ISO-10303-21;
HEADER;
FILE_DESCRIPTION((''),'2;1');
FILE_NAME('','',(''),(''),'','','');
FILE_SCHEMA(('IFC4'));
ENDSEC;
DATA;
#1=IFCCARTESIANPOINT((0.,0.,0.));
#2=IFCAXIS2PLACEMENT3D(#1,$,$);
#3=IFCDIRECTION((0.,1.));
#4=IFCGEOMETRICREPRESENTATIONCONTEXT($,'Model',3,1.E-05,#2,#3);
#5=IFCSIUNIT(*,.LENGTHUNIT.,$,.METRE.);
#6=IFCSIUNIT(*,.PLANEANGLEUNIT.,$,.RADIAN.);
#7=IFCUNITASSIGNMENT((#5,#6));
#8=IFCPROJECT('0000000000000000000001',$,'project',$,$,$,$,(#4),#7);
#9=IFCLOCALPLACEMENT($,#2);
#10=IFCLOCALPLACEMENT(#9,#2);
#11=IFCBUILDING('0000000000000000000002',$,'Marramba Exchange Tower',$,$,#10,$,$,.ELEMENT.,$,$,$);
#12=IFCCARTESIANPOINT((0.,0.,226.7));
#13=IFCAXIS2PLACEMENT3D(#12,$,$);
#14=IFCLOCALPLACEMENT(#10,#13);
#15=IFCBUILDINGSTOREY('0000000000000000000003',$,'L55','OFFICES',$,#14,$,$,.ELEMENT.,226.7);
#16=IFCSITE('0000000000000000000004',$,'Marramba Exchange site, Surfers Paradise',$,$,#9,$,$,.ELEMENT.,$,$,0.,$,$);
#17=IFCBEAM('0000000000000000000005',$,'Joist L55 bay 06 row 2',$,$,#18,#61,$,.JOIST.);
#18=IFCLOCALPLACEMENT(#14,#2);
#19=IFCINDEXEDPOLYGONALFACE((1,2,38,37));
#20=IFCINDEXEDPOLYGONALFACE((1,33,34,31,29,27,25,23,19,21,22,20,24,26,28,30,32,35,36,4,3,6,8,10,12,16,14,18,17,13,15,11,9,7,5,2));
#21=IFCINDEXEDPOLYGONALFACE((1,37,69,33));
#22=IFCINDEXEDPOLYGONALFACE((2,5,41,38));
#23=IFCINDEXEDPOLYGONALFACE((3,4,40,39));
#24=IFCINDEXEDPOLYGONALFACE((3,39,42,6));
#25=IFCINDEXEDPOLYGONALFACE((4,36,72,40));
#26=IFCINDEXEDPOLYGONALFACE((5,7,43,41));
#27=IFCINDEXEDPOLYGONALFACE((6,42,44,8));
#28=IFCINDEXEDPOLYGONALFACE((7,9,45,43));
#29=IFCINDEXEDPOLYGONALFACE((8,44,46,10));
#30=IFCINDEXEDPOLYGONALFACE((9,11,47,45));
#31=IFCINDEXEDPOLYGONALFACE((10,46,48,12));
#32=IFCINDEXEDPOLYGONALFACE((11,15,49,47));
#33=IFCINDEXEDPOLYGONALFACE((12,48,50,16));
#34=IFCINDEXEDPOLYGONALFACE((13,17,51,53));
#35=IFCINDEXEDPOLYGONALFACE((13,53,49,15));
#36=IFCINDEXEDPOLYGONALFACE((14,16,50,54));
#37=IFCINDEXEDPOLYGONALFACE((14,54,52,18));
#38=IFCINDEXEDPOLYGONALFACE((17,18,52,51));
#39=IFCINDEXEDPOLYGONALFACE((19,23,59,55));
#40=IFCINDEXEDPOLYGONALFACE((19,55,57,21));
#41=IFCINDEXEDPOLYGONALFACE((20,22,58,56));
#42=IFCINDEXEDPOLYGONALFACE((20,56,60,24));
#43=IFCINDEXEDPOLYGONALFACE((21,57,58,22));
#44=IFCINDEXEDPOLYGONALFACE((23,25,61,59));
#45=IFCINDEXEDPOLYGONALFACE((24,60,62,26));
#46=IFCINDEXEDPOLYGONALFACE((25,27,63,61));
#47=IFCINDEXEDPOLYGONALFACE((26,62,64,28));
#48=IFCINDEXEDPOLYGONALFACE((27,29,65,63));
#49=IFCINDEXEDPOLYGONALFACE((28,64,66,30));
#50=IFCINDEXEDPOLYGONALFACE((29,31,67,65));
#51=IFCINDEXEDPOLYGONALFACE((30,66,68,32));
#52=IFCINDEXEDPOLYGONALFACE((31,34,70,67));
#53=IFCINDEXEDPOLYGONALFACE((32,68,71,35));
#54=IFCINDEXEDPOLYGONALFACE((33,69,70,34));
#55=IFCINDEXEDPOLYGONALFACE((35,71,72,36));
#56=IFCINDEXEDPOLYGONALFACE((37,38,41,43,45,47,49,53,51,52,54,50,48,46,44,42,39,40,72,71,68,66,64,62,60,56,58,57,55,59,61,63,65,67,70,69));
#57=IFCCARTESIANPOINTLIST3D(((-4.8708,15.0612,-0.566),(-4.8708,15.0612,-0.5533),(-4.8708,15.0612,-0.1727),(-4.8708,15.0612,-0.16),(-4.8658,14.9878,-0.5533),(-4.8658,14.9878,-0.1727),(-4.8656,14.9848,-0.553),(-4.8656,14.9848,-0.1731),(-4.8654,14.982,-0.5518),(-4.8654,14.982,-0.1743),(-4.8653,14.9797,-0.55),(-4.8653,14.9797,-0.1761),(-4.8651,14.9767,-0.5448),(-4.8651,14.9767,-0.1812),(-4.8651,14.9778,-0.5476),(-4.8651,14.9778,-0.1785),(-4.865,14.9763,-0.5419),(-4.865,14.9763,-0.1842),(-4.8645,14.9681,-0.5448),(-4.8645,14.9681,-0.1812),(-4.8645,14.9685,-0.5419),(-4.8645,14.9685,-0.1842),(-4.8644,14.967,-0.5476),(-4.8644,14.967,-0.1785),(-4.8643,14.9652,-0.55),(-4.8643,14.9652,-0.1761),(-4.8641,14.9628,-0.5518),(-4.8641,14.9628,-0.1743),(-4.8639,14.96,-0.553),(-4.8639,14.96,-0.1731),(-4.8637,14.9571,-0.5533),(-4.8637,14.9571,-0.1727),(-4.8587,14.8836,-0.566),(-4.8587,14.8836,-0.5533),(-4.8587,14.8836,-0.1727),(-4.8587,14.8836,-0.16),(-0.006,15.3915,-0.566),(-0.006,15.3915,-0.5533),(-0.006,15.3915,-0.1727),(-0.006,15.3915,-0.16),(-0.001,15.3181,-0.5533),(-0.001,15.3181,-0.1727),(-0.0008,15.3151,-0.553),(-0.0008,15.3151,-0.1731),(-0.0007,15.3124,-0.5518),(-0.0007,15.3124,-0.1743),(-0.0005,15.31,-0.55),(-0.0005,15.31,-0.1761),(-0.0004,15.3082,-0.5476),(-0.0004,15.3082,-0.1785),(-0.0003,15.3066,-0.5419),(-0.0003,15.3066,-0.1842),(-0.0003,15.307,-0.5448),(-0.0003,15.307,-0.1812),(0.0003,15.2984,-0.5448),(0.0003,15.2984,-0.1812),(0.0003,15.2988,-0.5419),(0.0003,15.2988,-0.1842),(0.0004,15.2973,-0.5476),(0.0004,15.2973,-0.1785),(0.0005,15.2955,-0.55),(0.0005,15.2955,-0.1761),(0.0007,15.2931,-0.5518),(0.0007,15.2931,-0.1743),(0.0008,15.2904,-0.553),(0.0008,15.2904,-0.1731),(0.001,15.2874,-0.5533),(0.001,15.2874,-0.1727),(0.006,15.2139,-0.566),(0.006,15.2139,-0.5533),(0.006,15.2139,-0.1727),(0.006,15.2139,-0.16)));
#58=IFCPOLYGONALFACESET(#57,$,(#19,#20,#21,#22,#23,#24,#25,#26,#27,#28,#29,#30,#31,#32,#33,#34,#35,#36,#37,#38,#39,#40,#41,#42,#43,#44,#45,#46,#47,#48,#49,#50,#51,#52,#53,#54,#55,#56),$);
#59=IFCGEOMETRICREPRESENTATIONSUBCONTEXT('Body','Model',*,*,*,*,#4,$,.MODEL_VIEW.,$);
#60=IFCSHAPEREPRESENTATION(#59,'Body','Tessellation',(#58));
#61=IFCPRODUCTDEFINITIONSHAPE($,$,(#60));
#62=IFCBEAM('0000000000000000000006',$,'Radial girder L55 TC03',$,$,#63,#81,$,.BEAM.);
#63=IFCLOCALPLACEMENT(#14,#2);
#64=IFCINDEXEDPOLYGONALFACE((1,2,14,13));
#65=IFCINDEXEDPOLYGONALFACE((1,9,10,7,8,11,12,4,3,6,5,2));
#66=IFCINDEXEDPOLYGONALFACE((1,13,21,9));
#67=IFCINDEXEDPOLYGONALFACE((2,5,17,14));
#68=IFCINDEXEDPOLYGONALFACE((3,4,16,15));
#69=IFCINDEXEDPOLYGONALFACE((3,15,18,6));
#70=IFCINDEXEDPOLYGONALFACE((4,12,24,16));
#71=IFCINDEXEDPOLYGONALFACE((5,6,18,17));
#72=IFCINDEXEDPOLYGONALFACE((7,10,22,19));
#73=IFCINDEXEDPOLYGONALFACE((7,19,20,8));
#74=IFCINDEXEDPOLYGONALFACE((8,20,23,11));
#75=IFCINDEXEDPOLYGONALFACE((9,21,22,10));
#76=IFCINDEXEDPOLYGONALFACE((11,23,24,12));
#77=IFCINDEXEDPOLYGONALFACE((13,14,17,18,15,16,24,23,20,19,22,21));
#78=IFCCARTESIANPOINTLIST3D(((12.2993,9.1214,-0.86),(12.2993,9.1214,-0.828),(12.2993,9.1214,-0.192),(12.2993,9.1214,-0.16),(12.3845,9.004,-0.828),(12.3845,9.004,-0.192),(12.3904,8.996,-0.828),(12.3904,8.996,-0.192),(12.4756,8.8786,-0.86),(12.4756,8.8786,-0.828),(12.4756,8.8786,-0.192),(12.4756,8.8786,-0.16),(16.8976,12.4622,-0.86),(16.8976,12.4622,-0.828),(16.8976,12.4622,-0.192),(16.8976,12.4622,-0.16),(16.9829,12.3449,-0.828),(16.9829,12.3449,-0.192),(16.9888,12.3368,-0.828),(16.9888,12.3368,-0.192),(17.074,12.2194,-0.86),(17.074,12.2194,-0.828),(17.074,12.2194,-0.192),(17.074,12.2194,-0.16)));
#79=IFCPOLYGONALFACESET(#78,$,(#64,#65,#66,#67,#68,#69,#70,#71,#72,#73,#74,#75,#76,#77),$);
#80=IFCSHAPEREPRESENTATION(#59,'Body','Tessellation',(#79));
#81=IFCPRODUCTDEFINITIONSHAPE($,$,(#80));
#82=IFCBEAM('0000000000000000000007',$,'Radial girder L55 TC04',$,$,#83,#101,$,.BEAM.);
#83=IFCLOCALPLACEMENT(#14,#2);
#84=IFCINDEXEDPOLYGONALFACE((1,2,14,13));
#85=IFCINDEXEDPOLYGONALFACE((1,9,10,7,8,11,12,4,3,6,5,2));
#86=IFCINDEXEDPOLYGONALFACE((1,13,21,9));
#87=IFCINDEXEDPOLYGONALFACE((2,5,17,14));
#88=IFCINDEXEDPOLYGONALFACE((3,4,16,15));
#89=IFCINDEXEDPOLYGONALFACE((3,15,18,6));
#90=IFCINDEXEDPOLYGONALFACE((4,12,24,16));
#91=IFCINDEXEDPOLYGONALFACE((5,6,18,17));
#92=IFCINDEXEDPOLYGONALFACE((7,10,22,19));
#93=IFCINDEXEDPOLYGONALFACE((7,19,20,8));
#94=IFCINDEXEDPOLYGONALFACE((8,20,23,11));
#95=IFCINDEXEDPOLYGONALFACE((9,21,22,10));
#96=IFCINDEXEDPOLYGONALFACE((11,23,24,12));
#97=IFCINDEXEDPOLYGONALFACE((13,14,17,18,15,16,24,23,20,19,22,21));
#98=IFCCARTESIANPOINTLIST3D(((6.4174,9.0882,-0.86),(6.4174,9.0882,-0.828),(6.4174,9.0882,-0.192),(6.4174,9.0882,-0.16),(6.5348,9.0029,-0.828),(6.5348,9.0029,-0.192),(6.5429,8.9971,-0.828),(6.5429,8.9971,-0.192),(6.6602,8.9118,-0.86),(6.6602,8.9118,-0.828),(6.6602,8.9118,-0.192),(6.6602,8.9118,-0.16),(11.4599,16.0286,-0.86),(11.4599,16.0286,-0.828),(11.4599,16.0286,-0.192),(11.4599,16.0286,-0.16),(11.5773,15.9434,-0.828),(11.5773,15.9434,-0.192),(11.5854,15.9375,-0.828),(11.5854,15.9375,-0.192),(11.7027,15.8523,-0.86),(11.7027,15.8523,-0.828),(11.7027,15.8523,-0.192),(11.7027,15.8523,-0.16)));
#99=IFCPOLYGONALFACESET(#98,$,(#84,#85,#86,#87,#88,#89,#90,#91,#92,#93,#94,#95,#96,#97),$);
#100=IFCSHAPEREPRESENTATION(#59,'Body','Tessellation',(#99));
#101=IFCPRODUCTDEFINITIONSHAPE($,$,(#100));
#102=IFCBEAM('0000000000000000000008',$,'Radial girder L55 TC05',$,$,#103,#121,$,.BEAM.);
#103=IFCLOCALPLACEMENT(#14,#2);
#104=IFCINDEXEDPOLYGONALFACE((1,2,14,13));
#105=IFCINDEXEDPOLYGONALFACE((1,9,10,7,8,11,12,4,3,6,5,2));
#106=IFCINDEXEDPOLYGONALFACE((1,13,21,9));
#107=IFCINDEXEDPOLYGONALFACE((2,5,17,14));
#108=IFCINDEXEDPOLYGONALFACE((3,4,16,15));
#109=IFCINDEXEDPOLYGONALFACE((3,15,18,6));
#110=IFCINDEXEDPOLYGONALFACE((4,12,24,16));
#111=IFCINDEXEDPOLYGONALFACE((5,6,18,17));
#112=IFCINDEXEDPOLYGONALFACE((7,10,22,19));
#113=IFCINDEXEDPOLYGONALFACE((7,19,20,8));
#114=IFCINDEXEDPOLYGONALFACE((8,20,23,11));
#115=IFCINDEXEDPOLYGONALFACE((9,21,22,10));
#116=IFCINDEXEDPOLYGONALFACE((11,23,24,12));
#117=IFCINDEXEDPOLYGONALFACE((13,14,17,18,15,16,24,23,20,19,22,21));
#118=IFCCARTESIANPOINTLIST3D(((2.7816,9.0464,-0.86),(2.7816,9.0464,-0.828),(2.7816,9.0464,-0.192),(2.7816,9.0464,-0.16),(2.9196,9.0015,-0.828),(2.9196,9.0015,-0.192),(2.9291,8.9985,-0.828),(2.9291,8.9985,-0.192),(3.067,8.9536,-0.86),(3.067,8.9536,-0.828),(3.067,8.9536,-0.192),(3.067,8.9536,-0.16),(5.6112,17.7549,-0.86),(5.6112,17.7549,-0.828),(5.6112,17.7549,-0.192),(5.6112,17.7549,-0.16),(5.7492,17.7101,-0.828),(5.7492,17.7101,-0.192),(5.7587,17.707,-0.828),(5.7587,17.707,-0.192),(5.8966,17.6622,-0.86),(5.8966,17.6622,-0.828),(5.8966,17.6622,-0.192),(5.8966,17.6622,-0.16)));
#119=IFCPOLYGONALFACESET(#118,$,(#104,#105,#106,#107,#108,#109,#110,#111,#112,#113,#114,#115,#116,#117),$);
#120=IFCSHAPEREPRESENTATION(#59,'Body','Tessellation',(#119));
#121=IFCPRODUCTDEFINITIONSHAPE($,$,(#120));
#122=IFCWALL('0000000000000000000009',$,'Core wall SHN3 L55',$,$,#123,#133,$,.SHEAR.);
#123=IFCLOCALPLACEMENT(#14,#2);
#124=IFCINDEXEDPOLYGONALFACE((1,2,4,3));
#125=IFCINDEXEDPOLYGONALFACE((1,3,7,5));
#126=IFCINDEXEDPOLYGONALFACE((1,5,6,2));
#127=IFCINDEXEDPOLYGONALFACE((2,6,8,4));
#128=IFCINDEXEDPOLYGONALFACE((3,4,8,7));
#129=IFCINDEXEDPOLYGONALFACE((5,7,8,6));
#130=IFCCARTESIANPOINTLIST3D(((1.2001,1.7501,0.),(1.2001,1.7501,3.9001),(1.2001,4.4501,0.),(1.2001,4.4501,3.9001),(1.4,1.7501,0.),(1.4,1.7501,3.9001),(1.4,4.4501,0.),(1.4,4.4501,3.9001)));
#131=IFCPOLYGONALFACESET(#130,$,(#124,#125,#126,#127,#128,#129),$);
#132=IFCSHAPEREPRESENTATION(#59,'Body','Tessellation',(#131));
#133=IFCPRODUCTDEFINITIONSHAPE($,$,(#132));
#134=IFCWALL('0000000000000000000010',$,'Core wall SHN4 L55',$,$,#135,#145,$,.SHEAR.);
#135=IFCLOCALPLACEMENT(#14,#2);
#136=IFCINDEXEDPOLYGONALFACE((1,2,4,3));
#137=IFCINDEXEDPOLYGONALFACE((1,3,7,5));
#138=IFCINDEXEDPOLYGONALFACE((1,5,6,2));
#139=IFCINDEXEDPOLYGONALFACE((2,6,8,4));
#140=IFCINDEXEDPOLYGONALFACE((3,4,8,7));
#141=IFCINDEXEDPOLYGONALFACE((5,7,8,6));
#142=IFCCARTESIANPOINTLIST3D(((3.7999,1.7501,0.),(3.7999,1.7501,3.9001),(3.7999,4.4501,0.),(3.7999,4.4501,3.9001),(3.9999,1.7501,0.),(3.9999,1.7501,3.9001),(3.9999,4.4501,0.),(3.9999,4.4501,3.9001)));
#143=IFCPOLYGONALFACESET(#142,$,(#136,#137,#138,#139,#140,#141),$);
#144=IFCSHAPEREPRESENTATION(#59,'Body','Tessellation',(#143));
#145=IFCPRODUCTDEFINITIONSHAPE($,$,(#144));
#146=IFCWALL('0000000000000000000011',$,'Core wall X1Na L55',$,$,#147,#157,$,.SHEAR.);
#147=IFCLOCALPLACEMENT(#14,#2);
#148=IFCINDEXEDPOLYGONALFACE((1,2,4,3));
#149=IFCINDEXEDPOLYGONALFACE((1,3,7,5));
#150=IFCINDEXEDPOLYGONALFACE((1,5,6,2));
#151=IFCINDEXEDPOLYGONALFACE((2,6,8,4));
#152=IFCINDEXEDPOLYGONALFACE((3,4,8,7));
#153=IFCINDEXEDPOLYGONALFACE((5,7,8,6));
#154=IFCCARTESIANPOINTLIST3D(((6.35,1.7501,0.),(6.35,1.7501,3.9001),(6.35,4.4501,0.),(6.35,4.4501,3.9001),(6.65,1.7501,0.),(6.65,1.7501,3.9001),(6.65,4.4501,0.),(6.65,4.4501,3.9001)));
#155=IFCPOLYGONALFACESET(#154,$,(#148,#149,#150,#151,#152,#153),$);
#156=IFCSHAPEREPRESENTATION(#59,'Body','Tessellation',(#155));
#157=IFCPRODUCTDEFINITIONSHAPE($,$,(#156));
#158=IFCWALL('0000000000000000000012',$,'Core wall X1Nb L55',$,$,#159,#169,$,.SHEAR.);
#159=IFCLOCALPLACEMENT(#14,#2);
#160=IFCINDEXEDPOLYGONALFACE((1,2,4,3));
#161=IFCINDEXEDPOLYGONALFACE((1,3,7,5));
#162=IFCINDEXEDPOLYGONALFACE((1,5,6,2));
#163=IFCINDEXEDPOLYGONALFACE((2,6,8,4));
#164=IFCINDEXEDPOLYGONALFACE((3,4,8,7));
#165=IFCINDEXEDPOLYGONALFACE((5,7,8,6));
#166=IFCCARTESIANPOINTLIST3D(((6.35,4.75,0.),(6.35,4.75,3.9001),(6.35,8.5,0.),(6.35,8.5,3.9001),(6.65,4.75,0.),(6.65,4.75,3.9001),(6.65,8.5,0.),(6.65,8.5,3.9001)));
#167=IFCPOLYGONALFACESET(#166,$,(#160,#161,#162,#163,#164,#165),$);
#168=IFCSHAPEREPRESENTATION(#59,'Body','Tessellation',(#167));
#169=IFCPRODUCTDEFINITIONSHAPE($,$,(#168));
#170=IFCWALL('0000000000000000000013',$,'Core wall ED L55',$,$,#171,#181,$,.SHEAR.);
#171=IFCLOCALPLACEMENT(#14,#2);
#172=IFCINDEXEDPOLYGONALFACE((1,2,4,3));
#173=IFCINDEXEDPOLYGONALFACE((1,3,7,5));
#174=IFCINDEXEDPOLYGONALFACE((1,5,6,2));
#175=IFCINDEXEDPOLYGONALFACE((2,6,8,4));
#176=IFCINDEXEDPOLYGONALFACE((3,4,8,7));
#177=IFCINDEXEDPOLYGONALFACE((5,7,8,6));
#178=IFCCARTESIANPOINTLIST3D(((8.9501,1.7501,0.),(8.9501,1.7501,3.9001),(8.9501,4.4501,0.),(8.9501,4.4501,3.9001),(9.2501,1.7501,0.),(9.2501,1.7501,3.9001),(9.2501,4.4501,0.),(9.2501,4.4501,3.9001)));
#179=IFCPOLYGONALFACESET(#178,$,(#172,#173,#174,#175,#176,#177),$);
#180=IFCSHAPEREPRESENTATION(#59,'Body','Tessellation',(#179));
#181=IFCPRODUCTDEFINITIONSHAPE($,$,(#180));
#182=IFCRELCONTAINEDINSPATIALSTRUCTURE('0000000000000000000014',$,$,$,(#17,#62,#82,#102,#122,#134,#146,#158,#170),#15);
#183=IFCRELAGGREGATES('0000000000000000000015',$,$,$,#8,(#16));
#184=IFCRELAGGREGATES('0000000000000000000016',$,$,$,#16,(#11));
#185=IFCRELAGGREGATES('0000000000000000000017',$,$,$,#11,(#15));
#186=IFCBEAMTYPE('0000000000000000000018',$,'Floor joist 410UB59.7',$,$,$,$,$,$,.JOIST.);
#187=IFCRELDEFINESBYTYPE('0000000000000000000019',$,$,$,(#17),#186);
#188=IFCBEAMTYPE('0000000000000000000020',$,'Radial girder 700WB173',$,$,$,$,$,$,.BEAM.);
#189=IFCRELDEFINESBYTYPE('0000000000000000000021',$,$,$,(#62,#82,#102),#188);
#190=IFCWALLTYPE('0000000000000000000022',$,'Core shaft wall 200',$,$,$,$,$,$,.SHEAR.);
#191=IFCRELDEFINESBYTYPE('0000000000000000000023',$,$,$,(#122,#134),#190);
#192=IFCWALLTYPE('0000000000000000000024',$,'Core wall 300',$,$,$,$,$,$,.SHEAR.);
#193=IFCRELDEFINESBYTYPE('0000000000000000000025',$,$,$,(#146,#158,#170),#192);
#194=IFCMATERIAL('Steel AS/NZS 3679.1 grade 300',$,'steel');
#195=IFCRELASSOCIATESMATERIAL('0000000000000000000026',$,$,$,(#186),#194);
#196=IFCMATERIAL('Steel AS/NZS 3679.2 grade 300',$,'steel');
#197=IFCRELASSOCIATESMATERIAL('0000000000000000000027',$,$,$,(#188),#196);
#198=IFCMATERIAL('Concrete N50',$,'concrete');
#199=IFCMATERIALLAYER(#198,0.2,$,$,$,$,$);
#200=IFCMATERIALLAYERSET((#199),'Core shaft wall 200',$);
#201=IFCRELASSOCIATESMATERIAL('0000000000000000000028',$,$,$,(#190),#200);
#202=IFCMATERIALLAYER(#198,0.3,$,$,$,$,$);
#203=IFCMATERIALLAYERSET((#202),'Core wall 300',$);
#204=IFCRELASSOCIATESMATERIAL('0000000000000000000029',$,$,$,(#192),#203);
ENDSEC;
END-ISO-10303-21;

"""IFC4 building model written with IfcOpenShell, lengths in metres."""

from ifc_helpers import new_model, si_unit, direction, frame, frame_2d, origin, origin_2d, place, context, subcontext, project, spatial, rectangle, i_section, extrude, material, layer, layer_set, material_profile, profile_set, type_object, element, save


model = new_model("IFC4")

# Units and contexts
model_context = context("Model", 3, precision=1e-05, world=origin(), true_north=direction((0.0, 1.0)))
body_context = subcontext(model_context, "Body", "Model", "MODEL_VIEW")
ifc_project = project(units=[si_unit("LENGTHUNIT", "METRE"), si_unit("PLANEANGLEUNIT", "RADIAN")], contexts=[model_context])

# Site, building, storey
site_placement = place(None, origin())
site = spatial("IfcSite", under=ifc_project, at=site_placement, Name="Marramba Exchange site, Surfers Paradise", CompositionType="ELEMENT", RefElevation=0.0)
building_placement = place(site_placement, origin())
building = spatial("IfcBuilding", under=site, at=building_placement, Name="Marramba Exchange Tower", CompositionType="ELEMENT")
storey_placement = place(building_placement, frame((0.0, 0.0, 226.7)))
storey = spatial("IfcBuildingStorey", under=building, at=storey_placement, Name="L55", Description="OFFICES", CompositionType="ELEMENT", Elevation=226.7)

# Beams
ifc_material_1 = material(Name="Steel AS/NZS 3679.1 grade 300", Category="steel")
ifc_material_profile_1 = material_profile(ifc_material_1, i_section(OverallWidth=0.178, OverallDepth=0.406, WebThickness=0.0078, FlangeThickness=0.0127, FilletRadius=0.0115, at=origin_2d()), Name="410UB59.7")
ifc_profile_set_1 = profile_set([ifc_material_profile_1], Name="Steel AS/NZS 3679.1 grade 300")
beam_type_1 = type_object("IfcBeamType", Name="Floor joist 410UB59.7", PredefinedType="JOIST", material=ifc_profile_set_1)
for number, where, z_axis, x_axis, name in (
    (1, (0.0, 15.3027, -0.363), (-0.997703, -0.067745, 0.0), (0.067745, -0.997703, 0.0), "Joist L55 bay 06 row 2"),
):
    element("IfcBeam", number, at=place(storey_placement, frame(where, z_axis=z_axis, x_axis=x_axis)), inside=storey, type_object=beam_type_1, Name=name, PredefinedType="JOIST", context=body_context, shape_type="SweptSolid", body=[
        extrude(i_section(OverallWidth=0.178, OverallDepth=0.406, WebThickness=0.0078, FlangeThickness=0.0127, FilletRadius=0.0115, at=origin_2d()), origin(), (0.0, 0.0, 1.0), 4.876),
    ])
ifc_material_2 = material(Name="Steel AS/NZS 3679.2 grade 300", Category="steel")
ifc_material_profile_2 = material_profile(ifc_material_2, i_section(OverallWidth=0.3, OverallDepth=0.7, WebThickness=0.01, FlangeThickness=0.032, at=origin_2d()), Name="700WB173")
ifc_profile_set_2 = profile_set([ifc_material_profile_2], Name="Steel AS/NZS 3679.2 grade 300")
beam_type_2 = type_object("IfcBeamType", Name="Radial girder 700WB173", PredefinedType="BEAM", material=ifc_profile_set_2)
beam_1_placement = place(storey_placement, frame((12.3875, 9.0, -0.51), z_axis=(0.809026, 0.587773, 0.0), x_axis=(-0.587773, 0.809026, 0.0)))
element("IfcBeam", 2, at=beam_1_placement, inside=storey, type_object=beam_type_2, Name="Radial girder L55 TC03", PredefinedType="BEAM", context=body_context, shape_type="SweptSolid", body=[
    extrude(i_section(OverallWidth=0.3, OverallDepth=0.7, WebThickness=0.01, FlangeThickness=0.032, at=origin_2d()), origin(), (0.0, 0.0, 1.0), 5.6838),
])
beam_2_placement = place(storey_placement, frame((6.5388, 9.0, -0.51), z_axis=(0.587782, 0.809019, 0.0), x_axis=(-0.809019, 0.587782, 0.0)))
element("IfcBeam", 3, at=beam_2_placement, inside=storey, type_object=beam_type_2, Name="Radial girder L55 TC04", PredefinedType="BEAM", context=body_context, shape_type="SweptSolid", body=[
    extrude(i_section(OverallWidth=0.3, OverallDepth=0.7, WebThickness=0.01, FlangeThickness=0.032, at=origin_2d()), origin(), (0.0, 0.0, 1.0), 8.5789),
])
beam_3_placement = place(storey_placement, frame((2.9243, 9.0, -0.51), z_axis=(0.30902, 0.951056, 0.0), x_axis=(-0.951056, 0.30902, 0.0)))
element("IfcBeam", 4, at=beam_3_placement, inside=storey, type_object=beam_type_2, Name="Radial girder L55 TC05", PredefinedType="BEAM", context=body_context, shape_type="SweptSolid", body=[
    extrude(i_section(OverallWidth=0.3, OverallDepth=0.7, WebThickness=0.01, FlangeThickness=0.032, at=origin_2d()), origin(), (0.0, 0.0, 1.0), 9.1567),
])

# Walls
ifc_material_3 = material(Name="Concrete N50", Category="concrete")
ifc_layer_1 = layer(ifc_material_3, 0.2)
ifc_layer_set_1 = layer_set([ifc_layer_1], Name="Core shaft wall 200")
wall_type_1 = type_object("IfcWallType", Name="Core shaft wall 200", PredefinedType="SHEAR", material=ifc_layer_set_1)
for number, where, z_axis, x_axis, name in (
    (5, (1.3, 1.75, 0.0), (0.0, 0.0, 1.0), (0.0, 1.0, 0.0), "Core wall SHN3 L55"),
    (6, (3.8999, 1.75, 0.0), (0.0, 0.0, 1.0), (0.0, 1.0, 0.0), "Core wall SHN4 L55"),
):
    element("IfcWall", number, at=place(storey_placement, frame(where, z_axis=z_axis, x_axis=x_axis)), inside=storey, type_object=wall_type_1, Name=name, PredefinedType="SHEAR", context=body_context, shape_type="SweptSolid", body=[
        extrude(rectangle(XDim=2.7, YDim=0.2, at=frame_2d((1.3501, 0.0))), origin(), (0.0, 0.0, 1.0), 3.9001),
    ])
ifc_layer_2 = layer(ifc_material_3, 0.3)
ifc_layer_set_2 = layer_set([ifc_layer_2], Name="Core wall 300")
wall_type_2 = type_object("IfcWallType", Name="Core wall 300", PredefinedType="SHEAR", material=ifc_layer_set_2)
wall_1_placement = place(storey_placement, frame((6.5, 1.75, 0.0), z_axis=(0.0, 0.0, 1.0), x_axis=(0.0, 1.0, 0.0)))
element("IfcWall", 7, at=wall_1_placement, inside=storey, type_object=wall_type_2, Name="Core wall X1Na L55", PredefinedType="SHEAR", context=body_context, shape_type="SweptSolid", body=[
    extrude(rectangle(XDim=2.7, YDim=0.3, at=frame_2d((1.3501, 0.0))), origin(), (0.0, 0.0, 1.0), 3.9001),
])
wall_2_placement = place(storey_placement, frame((6.5, 4.75, 0.0), z_axis=(0.0, 0.0, 1.0), x_axis=(0.0, 1.0, 0.0)))
element("IfcWall", 8, at=wall_2_placement, inside=storey, type_object=wall_type_2, Name="Core wall X1Nb L55", PredefinedType="SHEAR", context=body_context, shape_type="SweptSolid", body=[
    extrude(rectangle(XDim=3.75, YDim=0.3, at=frame_2d((1.875, 0.0))), origin(), (0.0, 0.0, 1.0), 3.9001),
])
wall_3_placement = place(storey_placement, frame((9.1001, 1.75, 0.0), z_axis=(0.0, 0.0, 1.0), x_axis=(0.0, 1.0, 0.0)))
element("IfcWall", 9, at=wall_3_placement, inside=storey, type_object=wall_type_2, Name="Core wall ED L55", PredefinedType="SHEAR", context=body_context, shape_type="SweptSolid", body=[
    extrude(rectangle(XDim=2.7, YDim=0.3, at=frame_2d((1.3501, 0.0))), origin(), (0.0, 0.0, 1.0), 3.9001),
])

save(model, "model.ifc")
